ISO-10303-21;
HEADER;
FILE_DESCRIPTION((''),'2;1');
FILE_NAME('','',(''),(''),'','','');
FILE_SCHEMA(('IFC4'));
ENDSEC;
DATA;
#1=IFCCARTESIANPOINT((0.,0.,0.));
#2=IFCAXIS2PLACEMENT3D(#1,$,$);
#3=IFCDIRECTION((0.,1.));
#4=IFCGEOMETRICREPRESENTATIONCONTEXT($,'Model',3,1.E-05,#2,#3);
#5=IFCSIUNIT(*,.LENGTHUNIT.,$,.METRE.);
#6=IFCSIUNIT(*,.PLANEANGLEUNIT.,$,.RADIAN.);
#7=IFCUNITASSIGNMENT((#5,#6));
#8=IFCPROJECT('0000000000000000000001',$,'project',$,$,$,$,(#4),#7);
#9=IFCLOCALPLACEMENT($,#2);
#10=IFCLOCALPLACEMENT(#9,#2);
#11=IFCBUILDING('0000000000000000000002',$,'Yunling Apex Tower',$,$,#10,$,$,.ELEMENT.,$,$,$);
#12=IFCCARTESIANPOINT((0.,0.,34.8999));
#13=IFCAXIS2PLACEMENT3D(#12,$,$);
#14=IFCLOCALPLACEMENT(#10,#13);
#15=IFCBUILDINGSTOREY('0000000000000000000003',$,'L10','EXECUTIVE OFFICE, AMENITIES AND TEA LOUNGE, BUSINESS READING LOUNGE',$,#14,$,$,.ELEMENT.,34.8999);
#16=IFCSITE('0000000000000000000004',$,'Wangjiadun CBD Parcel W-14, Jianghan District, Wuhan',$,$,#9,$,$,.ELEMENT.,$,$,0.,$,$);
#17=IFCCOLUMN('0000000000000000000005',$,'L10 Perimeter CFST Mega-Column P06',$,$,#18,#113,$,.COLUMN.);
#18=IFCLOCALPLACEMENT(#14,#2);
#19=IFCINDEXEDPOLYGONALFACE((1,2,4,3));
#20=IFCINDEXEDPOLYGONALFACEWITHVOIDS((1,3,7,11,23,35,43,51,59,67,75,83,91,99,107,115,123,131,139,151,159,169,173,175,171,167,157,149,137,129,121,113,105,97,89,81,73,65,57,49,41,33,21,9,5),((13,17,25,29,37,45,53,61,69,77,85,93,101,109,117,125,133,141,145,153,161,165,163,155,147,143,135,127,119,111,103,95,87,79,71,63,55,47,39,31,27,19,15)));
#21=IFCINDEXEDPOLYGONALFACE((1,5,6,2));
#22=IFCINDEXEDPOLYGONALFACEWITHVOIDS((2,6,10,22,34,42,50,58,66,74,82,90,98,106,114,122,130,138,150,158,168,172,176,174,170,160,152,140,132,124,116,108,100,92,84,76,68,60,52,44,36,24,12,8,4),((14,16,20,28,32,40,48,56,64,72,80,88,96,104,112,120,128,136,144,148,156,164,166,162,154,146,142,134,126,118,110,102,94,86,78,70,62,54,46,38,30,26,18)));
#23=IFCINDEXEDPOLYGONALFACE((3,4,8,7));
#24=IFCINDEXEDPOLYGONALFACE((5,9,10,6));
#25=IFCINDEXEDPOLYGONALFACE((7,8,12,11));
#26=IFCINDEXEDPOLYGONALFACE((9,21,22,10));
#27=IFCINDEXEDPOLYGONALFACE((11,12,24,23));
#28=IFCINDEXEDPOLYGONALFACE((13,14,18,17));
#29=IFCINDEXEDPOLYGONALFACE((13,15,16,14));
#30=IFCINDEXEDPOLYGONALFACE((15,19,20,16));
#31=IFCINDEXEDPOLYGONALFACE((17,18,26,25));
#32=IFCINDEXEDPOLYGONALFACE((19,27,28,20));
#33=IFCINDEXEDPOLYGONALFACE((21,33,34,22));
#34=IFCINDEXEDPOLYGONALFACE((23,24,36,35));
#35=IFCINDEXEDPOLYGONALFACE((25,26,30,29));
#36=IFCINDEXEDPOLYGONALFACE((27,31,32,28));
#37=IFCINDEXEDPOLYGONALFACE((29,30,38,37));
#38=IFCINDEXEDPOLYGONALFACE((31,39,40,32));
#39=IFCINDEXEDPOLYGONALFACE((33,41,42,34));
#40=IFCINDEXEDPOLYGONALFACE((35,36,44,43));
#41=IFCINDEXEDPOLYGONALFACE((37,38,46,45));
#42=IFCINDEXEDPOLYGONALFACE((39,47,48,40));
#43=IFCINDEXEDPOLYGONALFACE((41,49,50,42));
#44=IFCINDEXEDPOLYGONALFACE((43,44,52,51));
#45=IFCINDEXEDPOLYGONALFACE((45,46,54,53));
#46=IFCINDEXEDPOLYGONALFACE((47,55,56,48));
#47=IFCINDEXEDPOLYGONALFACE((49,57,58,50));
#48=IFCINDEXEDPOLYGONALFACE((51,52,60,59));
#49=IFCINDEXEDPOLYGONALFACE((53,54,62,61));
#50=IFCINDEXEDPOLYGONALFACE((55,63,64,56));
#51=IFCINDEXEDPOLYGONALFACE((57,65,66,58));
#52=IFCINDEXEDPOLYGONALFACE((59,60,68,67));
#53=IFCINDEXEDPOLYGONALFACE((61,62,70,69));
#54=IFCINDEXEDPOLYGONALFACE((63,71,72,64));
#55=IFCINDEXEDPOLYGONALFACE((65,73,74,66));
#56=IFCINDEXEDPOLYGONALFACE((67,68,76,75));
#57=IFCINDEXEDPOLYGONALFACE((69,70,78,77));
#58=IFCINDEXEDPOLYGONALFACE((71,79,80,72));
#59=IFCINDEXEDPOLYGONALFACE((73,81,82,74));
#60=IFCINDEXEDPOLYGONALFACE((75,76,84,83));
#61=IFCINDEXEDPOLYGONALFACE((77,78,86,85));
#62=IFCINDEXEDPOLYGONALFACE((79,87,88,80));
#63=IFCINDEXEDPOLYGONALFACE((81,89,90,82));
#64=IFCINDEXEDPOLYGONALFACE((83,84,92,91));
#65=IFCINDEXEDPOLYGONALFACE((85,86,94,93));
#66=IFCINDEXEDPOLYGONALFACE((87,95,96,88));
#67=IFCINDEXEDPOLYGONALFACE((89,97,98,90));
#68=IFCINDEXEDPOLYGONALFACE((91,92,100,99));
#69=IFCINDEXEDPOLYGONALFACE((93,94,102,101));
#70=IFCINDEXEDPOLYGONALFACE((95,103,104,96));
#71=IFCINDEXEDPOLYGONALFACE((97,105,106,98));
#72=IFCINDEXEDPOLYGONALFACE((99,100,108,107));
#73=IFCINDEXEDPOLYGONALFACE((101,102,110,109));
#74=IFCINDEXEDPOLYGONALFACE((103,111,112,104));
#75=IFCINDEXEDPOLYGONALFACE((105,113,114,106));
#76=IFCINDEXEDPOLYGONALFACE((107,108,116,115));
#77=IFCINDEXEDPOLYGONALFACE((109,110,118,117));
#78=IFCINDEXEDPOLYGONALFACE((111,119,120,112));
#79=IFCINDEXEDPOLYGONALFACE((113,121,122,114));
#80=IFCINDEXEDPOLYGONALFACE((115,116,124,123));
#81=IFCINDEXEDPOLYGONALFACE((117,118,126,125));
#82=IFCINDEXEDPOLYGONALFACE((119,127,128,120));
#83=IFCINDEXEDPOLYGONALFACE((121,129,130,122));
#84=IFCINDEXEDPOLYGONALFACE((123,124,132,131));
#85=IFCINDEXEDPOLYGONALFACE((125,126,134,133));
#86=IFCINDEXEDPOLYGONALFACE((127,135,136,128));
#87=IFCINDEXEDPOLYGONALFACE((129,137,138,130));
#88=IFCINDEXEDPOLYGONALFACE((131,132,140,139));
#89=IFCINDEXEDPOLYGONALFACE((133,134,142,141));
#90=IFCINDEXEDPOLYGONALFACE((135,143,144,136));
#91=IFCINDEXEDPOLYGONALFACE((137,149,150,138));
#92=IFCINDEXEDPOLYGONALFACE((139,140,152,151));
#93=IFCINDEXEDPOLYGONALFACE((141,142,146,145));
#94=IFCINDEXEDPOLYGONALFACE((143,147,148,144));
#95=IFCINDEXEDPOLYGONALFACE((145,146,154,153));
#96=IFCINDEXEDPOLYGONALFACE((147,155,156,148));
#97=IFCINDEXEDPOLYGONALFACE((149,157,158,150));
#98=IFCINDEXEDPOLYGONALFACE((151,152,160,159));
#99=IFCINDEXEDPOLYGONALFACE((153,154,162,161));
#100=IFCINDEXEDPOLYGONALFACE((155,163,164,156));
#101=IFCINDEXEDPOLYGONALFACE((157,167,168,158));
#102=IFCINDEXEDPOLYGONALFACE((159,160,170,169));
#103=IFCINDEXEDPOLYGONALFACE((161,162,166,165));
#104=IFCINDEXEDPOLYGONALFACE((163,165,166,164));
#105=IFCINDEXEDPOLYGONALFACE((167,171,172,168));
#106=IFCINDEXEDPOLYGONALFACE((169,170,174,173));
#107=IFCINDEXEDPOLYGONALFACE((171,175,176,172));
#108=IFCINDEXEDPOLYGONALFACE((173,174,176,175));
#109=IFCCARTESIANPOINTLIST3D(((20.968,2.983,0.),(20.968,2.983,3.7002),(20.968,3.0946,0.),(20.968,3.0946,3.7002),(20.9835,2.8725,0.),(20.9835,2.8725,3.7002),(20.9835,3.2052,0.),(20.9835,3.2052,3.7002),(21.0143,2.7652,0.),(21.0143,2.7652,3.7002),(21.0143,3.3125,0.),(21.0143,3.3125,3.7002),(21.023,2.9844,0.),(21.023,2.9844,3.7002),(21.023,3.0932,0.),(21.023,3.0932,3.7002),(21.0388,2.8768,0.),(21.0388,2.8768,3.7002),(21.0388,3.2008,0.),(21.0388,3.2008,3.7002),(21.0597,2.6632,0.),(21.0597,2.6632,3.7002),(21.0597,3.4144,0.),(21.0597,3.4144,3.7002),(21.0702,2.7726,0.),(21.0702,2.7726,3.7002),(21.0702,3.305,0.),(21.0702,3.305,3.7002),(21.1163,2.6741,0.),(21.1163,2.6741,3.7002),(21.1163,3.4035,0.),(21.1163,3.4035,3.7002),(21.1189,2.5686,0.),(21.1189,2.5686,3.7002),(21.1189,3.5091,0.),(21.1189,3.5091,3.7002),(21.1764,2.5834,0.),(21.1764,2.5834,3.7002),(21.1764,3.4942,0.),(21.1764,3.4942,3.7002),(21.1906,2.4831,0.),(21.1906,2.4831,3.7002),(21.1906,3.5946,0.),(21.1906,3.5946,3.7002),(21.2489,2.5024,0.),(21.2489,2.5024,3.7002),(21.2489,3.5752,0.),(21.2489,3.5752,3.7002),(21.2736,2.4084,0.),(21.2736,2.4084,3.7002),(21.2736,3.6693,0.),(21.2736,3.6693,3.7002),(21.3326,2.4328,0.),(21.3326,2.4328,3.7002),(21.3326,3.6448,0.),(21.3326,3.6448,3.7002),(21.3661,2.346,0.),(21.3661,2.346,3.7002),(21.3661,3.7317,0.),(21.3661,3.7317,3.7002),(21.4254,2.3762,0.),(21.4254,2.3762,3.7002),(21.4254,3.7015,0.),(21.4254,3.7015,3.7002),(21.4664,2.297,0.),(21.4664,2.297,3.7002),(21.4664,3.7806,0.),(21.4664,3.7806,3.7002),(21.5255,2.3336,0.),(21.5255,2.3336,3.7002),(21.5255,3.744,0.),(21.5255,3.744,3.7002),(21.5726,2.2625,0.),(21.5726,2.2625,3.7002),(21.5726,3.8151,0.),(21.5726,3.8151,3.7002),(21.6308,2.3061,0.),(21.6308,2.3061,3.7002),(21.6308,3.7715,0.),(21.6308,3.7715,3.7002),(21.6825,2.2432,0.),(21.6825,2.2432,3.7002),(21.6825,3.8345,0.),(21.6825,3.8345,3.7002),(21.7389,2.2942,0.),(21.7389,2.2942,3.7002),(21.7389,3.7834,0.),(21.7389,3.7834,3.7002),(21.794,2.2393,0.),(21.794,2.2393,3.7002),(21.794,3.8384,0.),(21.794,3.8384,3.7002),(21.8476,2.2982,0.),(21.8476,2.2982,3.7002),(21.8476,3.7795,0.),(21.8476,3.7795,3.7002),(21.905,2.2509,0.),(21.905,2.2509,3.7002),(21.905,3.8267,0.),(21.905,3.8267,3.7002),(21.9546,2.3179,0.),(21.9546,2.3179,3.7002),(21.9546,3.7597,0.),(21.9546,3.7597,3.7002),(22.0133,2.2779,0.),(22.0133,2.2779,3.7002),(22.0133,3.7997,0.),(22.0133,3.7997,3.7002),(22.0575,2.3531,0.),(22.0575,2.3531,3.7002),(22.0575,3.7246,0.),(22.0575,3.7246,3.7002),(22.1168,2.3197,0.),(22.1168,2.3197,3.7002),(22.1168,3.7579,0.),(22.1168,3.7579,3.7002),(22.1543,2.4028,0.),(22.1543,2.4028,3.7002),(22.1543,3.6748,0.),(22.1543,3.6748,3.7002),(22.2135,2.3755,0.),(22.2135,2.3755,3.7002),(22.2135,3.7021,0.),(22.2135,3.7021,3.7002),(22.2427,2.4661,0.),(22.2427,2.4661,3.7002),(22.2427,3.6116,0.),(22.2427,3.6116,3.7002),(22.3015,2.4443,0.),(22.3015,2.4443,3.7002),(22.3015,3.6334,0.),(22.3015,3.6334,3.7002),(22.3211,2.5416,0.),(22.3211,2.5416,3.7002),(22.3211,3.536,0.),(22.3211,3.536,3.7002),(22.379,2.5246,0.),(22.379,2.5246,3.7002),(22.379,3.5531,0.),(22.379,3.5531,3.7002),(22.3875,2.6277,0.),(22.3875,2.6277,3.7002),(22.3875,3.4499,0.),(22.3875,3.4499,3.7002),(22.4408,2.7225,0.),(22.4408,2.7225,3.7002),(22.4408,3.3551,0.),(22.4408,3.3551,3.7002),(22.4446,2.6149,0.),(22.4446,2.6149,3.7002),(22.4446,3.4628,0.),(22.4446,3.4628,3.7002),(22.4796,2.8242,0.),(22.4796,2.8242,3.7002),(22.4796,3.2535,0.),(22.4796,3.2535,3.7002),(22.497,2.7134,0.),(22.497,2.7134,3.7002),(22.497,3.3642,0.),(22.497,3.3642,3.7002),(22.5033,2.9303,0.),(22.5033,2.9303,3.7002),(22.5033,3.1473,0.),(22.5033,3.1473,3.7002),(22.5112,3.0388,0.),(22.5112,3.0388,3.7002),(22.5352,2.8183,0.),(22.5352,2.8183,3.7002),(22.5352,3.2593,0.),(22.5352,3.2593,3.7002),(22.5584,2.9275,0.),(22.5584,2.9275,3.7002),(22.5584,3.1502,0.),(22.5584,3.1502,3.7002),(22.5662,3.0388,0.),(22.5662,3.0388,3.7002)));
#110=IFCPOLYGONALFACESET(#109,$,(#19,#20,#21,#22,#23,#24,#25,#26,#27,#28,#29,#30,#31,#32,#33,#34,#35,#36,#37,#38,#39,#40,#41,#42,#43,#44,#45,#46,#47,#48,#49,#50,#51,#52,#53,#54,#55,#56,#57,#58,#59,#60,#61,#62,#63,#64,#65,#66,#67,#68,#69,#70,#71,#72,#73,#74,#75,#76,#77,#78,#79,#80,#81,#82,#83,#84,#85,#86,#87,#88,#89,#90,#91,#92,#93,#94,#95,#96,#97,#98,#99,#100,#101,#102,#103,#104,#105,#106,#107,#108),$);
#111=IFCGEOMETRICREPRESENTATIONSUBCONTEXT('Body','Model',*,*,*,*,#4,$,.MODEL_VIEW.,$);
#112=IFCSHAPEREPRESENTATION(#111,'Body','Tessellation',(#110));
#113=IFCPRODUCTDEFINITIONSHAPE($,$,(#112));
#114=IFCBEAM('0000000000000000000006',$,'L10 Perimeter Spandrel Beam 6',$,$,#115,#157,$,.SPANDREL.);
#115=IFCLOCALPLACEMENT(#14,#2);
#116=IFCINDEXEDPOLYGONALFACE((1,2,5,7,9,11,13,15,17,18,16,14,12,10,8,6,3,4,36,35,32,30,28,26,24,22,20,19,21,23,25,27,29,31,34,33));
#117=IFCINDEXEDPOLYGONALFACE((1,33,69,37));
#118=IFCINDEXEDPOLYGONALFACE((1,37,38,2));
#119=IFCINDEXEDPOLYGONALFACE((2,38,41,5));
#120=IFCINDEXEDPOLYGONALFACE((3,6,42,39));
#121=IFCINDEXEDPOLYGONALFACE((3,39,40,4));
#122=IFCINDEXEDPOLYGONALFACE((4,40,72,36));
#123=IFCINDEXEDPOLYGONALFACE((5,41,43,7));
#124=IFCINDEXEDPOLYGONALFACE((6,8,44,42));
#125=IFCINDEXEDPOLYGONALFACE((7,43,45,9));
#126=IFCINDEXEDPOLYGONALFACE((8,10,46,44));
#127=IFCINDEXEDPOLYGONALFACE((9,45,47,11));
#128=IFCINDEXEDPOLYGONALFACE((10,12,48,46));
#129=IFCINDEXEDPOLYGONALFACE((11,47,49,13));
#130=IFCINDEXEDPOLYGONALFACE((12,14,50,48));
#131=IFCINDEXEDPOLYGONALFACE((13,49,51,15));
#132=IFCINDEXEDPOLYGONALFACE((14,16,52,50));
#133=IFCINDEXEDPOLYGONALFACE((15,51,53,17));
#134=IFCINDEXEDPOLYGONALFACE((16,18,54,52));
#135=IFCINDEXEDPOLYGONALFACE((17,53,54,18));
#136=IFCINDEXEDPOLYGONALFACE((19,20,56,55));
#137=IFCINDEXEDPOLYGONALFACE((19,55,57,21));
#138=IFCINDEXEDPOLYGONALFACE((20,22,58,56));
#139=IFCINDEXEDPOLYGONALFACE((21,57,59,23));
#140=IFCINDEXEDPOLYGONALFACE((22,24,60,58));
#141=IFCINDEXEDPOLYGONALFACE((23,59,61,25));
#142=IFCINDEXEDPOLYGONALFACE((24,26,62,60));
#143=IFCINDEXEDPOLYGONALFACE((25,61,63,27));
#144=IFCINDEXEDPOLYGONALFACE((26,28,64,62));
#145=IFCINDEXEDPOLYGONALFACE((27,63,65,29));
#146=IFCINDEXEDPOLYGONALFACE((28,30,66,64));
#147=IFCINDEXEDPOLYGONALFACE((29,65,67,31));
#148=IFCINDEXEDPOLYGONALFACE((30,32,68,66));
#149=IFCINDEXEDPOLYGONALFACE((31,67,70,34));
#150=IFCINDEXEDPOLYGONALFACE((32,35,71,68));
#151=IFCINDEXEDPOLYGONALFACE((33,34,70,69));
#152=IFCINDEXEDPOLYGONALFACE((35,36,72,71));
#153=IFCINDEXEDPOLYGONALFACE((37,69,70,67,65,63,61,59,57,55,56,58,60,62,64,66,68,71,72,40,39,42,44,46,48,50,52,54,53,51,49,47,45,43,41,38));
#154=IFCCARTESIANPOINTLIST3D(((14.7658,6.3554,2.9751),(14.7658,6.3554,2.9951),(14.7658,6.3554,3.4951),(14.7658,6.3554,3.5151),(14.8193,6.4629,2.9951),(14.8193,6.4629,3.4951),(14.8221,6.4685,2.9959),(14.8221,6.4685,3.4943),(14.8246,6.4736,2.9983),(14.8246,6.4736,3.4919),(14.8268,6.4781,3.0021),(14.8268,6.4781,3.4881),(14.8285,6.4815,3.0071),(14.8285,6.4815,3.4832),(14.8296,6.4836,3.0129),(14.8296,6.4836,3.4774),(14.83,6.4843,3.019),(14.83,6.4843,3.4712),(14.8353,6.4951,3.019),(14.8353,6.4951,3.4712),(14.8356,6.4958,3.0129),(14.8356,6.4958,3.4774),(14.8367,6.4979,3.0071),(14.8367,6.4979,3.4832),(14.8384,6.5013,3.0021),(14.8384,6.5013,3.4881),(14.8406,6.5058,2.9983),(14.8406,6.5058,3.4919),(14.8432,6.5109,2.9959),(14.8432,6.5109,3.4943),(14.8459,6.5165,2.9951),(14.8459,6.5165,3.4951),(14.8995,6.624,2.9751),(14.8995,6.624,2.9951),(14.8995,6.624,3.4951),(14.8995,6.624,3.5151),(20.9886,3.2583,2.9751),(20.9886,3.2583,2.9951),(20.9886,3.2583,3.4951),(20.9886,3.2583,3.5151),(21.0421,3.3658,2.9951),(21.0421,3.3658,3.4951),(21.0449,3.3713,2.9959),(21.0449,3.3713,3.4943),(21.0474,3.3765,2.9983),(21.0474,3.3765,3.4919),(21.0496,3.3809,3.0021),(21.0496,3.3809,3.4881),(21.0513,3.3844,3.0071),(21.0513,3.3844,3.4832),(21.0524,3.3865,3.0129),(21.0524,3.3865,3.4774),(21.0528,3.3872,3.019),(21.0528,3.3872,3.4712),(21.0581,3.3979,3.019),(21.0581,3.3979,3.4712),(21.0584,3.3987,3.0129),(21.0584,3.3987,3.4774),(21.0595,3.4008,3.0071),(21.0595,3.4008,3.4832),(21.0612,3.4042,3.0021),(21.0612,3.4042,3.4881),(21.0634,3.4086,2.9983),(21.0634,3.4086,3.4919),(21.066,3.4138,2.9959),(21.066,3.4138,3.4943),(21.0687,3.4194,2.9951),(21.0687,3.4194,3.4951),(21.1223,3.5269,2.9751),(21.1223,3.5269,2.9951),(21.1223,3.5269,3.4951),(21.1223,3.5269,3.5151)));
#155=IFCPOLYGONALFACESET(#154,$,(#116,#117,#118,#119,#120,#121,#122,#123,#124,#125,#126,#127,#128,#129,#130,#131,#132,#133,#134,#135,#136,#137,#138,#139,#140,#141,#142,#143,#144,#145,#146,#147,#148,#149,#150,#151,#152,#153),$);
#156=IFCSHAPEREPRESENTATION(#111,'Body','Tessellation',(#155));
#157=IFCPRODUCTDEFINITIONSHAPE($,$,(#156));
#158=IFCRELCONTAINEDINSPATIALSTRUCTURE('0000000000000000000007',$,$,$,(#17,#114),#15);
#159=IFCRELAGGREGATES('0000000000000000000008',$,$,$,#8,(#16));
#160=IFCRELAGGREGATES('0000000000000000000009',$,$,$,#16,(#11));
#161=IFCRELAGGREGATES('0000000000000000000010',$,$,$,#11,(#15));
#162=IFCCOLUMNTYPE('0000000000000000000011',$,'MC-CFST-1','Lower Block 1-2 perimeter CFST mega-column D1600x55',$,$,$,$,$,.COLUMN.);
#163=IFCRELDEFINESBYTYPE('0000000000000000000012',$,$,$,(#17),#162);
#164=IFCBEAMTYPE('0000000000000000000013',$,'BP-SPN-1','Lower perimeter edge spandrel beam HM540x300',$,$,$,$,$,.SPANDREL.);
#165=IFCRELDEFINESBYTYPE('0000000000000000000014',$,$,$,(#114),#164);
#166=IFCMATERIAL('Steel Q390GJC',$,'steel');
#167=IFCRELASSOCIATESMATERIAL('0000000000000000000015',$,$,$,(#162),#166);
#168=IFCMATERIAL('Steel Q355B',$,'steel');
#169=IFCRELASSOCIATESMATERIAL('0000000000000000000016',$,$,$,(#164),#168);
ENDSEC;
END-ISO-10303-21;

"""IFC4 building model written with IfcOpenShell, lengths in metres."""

from ifc_helpers import new_model, si_unit, direction, frame, origin, origin_2d, place, context, subcontext, project, spatial, hollow_circle, i_section, extrude, source, transform, mapped, material, material_profile, profile_set, type_object, element, save


model = new_model("IFC4")

# Units and contexts
model_context = context("Model", 3, precision=1e-05, world=origin(), true_north=direction((0.0, 1.0)))
body_context = subcontext(model_context, "Body", "Model", "MODEL_VIEW")
ifc_project = project(units=[si_unit("LENGTHUNIT", "METRE"), si_unit("PLANEANGLEUNIT", "RADIAN")], contexts=[model_context])

# Site, building, storey
site_placement = place(None, origin())
site = spatial("IfcSite", under=ifc_project, at=site_placement, Name="Wangjiadun CBD Parcel W-14, Jianghan District, Wuhan", CompositionType="ELEMENT", RefElevation=0.0)
building_placement = place(site_placement, origin())
building = spatial("IfcBuilding", under=site, at=building_placement, Name="Yunling Apex Tower", CompositionType="ELEMENT")
storey_placement = place(building_placement, frame((0.0, 0.0, 34.8999)))
storey = spatial("IfcBuildingStorey", under=building, at=storey_placement, Name="L10", Description="EXECUTIVE OFFICE, AMENITIES AND TEA LOUNGE, BUSINESS READING LOUNGE", CompositionType="ELEMENT", Elevation=34.8999)

# Column
ifc_material_1 = material(Name="Steel Q390GJC", Category="steel")
ifc_material_profile_1 = material_profile(ifc_material_1, hollow_circle(Radius=0.8, WallThickness=0.0549, at=origin_2d()))
ifc_profile_set_1 = profile_set([ifc_material_profile_1], Name="Steel Q390GJC")
column_type = type_object("IfcColumnType", Name="MC-CFST-1", Description="Lower Block 1-2 perimeter CFST mega-column D1600x55", PredefinedType="COLUMN", material=ifc_profile_set_1)
shared_shape_1 = source(origin(), body_context, "Body", "SweptSolid", [
    extrude(hollow_circle(Radius=0.8, WallThickness=0.0549, at=origin_2d()), origin(), (0.0, 0.0, 1.0), 3.7002),
])
column_placement = place(storey_placement, frame((21.7661, 3.0388, 0.0), z_axis=(0.0, 0.0, 1.0), x_axis=(1.0, 0.0, 0.0)))
element("IfcColumn", 1, at=column_placement, inside=storey, type_object=column_type, Name="L10 Perimeter CFST Mega-Column P06", PredefinedType="COLUMN", context=body_context, shape_type="MappedRepresentation", body=[
    mapped(shared_shape_1, transform((0.0, 0.0, 0.0), scale=1.0)),
])

# Beam
ifc_material_2 = material(Name="Steel Q355B", Category="steel")
ifc_material_profile_2 = material_profile(ifc_material_2, i_section(OverallWidth=0.3, OverallDepth=0.54, WebThickness=0.012, FlangeThickness=0.02, FilletRadius=0.0239, at=origin_2d()))
ifc_profile_set_2 = profile_set([ifc_material_profile_2], Name="Steel Q355B")
beam_type_1 = type_object("IfcBeamType", Name="BP-SPN-1", Description="Lower perimeter edge spandrel beam HM540x300", PredefinedType="SPANDREL", material=ifc_profile_set_2)
shared_shape_2 = source(origin(), body_context, "Body", "SweptSolid", [
    extrude(i_section(OverallWidth=0.3, OverallDepth=0.54, WebThickness=0.012, FlangeThickness=0.02, FilletRadius=0.0239, at=origin_2d()), origin(), (0.0, 0.0, 1.0), 6.9509),
])
beam_1_placement = place(storey_placement, frame((21.0554, 3.3926, 3.2451), z_axis=(-0.895248, 0.445569, 0.0), x_axis=(-0.445569, -0.895248, 0.0)))
element("IfcBeam", 2, at=beam_1_placement, inside=storey, type_object=beam_type_1, Name="L10 Perimeter Spandrel Beam 6", PredefinedType="SPANDREL", context=body_context, shape_type="MappedRepresentation", body=[
    mapped(shared_shape_2, transform((0.0, 0.0, 0.0), scale=1.0)),
])

save(model, "model.ifc")
